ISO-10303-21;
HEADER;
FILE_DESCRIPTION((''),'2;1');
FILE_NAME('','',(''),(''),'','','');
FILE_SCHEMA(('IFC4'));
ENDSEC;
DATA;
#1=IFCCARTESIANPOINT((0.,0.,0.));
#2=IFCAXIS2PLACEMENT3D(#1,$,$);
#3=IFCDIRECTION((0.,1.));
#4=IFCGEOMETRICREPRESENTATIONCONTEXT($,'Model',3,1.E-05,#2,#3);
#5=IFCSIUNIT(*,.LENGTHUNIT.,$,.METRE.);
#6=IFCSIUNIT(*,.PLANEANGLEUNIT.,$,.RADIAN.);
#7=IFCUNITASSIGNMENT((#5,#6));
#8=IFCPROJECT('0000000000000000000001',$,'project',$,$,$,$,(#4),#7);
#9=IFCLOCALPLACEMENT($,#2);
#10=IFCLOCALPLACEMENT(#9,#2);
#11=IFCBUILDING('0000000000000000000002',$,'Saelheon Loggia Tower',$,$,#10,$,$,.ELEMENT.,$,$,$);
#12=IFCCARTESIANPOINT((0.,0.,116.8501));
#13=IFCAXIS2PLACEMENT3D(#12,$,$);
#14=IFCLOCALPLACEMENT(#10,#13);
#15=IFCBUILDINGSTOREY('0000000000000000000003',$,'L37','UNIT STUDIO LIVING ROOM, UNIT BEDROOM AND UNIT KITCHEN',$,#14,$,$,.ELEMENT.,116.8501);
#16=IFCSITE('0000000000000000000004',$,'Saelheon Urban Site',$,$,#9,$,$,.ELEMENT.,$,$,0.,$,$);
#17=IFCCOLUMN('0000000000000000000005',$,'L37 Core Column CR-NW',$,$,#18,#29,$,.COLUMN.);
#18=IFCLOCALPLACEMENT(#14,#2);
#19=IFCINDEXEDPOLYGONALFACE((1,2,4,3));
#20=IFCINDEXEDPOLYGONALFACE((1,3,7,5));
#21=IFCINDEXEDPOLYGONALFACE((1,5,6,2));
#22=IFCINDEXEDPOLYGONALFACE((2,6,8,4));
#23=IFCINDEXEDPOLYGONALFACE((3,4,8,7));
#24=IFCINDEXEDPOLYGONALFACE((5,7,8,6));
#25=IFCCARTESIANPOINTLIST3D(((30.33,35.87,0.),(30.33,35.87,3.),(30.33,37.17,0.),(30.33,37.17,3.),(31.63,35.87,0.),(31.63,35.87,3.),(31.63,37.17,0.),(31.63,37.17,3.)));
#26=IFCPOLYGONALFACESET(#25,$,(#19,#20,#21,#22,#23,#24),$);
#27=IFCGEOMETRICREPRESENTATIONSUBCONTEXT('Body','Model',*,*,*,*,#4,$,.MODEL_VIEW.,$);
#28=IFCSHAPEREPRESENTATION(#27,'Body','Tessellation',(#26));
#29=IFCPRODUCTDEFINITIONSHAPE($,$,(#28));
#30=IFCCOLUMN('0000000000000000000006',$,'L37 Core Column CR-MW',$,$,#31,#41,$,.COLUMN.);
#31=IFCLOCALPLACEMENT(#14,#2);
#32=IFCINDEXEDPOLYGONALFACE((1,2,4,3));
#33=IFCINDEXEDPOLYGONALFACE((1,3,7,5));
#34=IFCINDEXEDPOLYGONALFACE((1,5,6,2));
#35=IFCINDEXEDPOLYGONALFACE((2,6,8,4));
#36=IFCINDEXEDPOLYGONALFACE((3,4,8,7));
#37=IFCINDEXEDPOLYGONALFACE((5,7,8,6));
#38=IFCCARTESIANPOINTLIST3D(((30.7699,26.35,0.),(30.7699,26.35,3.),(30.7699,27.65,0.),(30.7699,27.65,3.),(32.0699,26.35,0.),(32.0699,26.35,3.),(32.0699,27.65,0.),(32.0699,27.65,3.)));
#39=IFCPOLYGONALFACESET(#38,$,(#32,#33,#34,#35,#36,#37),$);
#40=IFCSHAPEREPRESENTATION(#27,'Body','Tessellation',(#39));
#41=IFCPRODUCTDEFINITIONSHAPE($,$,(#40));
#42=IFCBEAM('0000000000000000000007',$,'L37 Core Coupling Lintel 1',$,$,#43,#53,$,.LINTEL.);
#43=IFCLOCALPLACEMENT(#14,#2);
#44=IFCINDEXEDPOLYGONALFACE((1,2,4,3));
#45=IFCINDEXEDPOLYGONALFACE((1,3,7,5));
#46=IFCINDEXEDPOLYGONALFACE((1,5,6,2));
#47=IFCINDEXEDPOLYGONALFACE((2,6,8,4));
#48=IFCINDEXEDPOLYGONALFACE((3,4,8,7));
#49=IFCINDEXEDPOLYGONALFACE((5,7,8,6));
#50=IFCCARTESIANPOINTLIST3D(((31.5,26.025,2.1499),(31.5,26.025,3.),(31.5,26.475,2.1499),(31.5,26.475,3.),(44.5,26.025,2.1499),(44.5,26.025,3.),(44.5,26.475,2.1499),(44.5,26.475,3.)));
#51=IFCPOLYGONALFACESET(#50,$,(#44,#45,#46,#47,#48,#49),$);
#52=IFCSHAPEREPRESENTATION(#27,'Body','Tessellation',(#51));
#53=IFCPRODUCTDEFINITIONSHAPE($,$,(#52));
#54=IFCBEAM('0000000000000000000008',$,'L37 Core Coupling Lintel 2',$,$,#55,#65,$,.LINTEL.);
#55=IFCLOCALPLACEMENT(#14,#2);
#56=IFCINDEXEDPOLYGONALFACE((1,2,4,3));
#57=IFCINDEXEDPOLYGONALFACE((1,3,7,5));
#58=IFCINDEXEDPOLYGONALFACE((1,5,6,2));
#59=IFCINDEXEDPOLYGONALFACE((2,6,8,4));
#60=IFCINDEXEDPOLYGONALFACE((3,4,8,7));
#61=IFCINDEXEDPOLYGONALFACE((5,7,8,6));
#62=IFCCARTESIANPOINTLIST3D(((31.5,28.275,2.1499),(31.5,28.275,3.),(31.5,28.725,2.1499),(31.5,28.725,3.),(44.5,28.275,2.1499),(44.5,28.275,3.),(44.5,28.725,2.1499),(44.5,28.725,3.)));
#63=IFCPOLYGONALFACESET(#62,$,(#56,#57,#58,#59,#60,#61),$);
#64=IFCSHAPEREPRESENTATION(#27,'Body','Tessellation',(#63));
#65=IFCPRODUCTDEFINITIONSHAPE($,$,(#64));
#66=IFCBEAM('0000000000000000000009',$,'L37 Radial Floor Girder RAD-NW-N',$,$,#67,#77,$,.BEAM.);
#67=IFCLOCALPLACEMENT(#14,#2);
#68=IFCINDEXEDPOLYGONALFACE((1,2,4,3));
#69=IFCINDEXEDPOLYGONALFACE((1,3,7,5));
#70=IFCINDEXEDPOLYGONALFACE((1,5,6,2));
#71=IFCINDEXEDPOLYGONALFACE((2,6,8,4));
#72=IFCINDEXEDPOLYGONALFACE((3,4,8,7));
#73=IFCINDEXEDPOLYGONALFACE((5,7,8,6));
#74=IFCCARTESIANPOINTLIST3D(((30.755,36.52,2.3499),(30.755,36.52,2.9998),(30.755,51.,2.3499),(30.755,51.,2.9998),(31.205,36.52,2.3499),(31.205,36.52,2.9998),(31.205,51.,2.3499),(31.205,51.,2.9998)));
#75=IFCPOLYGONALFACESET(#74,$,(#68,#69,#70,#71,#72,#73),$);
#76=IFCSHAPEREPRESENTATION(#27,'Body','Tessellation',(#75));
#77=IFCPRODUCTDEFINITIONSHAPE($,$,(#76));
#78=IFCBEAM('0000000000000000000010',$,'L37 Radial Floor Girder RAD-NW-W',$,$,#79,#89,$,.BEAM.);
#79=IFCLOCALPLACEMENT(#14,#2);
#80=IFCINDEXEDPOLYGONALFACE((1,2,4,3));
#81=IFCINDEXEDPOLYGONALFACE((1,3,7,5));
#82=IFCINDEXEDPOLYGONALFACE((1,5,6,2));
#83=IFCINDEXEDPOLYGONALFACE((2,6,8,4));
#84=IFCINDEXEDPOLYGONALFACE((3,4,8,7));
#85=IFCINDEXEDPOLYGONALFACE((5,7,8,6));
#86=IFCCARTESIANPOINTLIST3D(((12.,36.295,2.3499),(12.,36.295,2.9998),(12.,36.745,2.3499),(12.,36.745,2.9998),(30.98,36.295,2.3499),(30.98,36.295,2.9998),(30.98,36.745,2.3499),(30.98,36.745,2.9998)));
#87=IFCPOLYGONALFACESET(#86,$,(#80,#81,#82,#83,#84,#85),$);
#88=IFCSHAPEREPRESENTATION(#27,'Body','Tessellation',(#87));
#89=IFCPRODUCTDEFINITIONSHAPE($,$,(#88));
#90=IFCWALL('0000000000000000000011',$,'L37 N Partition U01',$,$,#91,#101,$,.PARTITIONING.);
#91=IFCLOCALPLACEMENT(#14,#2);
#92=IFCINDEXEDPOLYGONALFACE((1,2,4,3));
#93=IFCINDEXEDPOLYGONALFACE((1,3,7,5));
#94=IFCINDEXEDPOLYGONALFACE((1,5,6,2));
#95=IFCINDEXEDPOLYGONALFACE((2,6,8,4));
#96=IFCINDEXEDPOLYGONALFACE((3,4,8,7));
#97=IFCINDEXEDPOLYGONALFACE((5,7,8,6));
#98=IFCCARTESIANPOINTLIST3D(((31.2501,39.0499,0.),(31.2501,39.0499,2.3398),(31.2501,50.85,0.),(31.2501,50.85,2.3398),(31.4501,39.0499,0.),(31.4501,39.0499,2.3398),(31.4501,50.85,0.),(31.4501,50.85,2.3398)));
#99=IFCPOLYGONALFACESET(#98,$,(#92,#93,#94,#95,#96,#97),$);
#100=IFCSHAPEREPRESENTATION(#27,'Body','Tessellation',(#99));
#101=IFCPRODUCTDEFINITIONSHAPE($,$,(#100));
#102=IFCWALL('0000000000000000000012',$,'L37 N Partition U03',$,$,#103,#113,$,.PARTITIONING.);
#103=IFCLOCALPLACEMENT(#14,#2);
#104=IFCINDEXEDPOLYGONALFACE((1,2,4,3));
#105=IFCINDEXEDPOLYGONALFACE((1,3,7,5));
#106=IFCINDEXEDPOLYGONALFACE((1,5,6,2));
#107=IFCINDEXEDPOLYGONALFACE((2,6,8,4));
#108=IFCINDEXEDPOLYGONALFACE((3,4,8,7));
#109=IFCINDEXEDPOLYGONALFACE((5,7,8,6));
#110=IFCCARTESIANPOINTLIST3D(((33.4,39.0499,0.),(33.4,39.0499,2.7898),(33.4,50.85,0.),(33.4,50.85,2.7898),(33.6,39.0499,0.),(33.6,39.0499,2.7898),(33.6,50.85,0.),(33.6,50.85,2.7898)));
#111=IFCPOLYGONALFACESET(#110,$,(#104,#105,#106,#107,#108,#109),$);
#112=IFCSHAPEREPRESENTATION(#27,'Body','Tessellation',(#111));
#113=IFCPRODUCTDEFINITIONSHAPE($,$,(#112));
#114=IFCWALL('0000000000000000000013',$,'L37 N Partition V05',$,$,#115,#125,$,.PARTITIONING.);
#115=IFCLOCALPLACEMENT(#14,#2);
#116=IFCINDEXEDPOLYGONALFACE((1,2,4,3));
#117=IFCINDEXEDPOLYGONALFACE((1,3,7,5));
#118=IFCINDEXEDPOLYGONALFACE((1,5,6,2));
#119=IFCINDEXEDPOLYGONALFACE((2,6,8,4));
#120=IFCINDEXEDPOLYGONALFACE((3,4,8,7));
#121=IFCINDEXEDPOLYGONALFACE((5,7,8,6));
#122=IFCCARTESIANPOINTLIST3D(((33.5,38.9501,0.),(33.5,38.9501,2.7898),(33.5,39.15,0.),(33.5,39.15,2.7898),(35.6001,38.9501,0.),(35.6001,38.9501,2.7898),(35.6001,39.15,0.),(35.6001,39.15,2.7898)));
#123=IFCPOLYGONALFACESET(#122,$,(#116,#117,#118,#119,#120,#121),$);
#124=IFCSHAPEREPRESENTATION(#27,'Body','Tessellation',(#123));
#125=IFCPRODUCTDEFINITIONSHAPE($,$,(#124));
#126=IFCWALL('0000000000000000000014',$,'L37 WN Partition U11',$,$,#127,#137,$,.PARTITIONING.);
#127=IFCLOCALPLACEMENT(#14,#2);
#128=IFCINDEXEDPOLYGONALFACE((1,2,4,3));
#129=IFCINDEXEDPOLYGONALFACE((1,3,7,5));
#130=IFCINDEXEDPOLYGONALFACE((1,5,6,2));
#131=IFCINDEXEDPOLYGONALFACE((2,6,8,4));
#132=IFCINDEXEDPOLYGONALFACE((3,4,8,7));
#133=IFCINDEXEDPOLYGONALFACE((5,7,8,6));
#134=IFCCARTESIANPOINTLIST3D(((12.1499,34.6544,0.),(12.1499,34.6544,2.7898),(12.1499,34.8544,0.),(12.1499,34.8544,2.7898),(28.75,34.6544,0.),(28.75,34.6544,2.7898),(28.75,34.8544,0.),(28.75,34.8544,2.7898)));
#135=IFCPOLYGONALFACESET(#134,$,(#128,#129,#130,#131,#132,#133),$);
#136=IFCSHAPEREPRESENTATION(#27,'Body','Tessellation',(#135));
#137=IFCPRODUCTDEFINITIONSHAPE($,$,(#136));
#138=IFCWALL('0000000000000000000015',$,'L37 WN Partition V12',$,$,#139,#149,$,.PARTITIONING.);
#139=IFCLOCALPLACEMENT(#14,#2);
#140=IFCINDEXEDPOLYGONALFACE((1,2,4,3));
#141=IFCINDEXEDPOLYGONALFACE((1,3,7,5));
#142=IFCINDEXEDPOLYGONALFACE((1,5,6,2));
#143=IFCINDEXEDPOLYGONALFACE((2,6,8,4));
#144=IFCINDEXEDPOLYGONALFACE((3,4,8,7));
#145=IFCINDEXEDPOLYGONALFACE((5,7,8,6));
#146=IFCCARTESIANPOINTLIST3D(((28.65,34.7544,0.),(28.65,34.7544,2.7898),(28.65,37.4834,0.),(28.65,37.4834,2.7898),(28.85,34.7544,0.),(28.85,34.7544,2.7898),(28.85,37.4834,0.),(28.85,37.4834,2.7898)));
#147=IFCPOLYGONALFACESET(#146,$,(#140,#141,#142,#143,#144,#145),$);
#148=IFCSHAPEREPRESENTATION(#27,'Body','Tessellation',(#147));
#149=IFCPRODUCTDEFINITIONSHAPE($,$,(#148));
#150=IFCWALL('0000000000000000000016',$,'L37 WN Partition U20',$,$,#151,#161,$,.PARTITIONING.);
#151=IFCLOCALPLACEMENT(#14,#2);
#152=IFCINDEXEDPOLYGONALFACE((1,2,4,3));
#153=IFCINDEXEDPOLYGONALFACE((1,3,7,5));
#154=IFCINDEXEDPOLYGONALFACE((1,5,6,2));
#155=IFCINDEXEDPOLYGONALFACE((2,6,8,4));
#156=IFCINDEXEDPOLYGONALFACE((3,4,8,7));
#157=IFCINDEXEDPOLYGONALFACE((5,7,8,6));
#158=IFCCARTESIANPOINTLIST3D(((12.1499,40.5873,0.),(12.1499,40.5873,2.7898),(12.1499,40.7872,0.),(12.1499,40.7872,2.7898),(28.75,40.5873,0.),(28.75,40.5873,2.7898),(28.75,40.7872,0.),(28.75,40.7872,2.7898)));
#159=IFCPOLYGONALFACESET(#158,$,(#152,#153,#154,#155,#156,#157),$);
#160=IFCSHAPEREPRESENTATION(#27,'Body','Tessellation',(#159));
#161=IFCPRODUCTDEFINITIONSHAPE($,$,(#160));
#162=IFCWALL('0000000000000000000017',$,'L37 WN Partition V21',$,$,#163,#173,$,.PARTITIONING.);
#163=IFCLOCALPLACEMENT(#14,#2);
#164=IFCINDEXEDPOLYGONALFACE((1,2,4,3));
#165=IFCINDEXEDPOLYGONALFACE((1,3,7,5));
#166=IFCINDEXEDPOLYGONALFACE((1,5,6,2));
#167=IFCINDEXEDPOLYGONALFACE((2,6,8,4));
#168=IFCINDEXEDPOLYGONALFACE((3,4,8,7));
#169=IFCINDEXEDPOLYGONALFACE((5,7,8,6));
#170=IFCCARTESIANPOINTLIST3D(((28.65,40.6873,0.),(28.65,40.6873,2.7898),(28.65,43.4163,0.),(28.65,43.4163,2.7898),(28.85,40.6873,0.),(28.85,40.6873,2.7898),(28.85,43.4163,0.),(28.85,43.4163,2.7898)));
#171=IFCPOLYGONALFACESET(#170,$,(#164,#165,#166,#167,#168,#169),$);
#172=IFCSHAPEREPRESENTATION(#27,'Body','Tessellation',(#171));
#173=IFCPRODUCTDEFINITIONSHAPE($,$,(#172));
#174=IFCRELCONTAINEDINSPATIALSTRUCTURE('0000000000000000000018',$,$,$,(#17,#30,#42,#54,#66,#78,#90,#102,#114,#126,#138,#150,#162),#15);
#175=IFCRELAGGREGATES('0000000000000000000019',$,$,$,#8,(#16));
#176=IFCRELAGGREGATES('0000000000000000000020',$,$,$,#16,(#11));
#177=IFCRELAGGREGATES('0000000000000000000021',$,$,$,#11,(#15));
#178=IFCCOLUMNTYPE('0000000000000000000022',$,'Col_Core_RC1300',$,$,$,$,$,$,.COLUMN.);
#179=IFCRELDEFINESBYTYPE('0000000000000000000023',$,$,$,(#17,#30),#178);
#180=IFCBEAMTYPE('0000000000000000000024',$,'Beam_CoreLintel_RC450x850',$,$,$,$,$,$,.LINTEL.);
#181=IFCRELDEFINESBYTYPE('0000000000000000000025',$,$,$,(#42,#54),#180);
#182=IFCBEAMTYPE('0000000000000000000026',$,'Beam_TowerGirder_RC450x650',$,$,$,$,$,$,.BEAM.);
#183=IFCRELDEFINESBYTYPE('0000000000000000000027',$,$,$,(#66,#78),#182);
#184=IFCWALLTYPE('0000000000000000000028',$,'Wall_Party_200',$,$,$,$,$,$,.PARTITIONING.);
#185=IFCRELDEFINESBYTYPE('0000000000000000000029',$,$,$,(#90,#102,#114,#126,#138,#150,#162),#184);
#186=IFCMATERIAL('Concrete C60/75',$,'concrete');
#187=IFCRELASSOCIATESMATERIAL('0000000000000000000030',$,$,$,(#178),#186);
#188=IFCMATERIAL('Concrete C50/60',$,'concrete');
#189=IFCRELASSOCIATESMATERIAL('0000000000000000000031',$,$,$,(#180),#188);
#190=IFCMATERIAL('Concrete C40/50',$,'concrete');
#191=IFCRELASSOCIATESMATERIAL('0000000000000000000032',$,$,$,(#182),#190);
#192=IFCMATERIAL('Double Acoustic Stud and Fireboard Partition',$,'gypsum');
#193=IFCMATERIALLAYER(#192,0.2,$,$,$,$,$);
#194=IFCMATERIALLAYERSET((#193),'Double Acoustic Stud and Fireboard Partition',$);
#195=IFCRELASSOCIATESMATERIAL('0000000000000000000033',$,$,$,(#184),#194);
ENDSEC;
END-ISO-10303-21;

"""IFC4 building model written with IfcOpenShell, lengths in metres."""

from ifc_helpers import new_model, si_unit, direction, frame, frame_2d, origin, origin_2d, place, context, subcontext, project, spatial, rectangle, extrude, source, transform, mapped, material, layer, layer_set, material_profile, profile_set, type_object, element, save


model = new_model("IFC4")

# Units and contexts
model_context = context("Model", 3, precision=1e-05, world=origin(), true_north=direction((0.0, 1.0)))
body_context = subcontext(model_context, "Body", "Model", "MODEL_VIEW")
ifc_project = project(units=[si_unit("LENGTHUNIT", "METRE"), si_unit("PLANEANGLEUNIT", "RADIAN")], contexts=[model_context])

# Site, building, storey
site_placement = place(None, origin())
site = spatial("IfcSite", under=ifc_project, at=site_placement, Name="Saelheon Urban Site", CompositionType="ELEMENT", RefElevation=0.0)
building_placement = place(site_placement, origin())
building = spatial("IfcBuilding", under=site, at=building_placement, Name="Saelheon Loggia Tower", CompositionType="ELEMENT")
storey_placement = place(building_placement, frame((0.0, 0.0, 116.8501)))
storey = spatial("IfcBuildingStorey", under=building, at=storey_placement, Name="L37", Description="UNIT STUDIO LIVING ROOM, UNIT BEDROOM AND UNIT KITCHEN", CompositionType="ELEMENT", Elevation=116.8501)

# Columns
ifc_material_1 = material(Name="Concrete C60/75", Category="concrete")
ifc_material_profile_1 = material_profile(ifc_material_1, rectangle(XDim=1.3, YDim=1.3, at=origin_2d()), Name="RC-1300x1300")
ifc_profile_set_1 = profile_set([ifc_material_profile_1], Name="Concrete C60/75")
column_type = type_object("IfcColumnType", Name="Col_Core_RC1300", PredefinedType="COLUMN", material=ifc_profile_set_1)
shared_shape_1 = source(origin(), body_context, "Body", "SweptSolid", [
    extrude(rectangle(XDim=1.3, YDim=1.3, at=origin_2d()), origin(), (0.0, 0.0, 1.0), 3.0),
])
for number, where, z_axis, x_axis, name in (
    (1, (30.98, 36.52, 0.0), (0.0, 0.0, 1.0), (1.0, 0.0, 0.0), "L37 Core Column CR-NW"),
    (2, (31.4199, 27.0, 0.0), (0.0, 0.0, 1.0), (1.0, 0.0, 0.0), "L37 Core Column CR-MW"),
):
    element("IfcColumn", number, at=place(storey_placement, frame(where, z_axis=z_axis, x_axis=x_axis)), inside=storey, type_object=column_type, Name=name, PredefinedType="COLUMN", context=body_context, shape_type="MappedRepresentation", body=[
        mapped(shared_shape_1, transform((0.0, 0.0, 0.0), scale=1.0)),
    ])

# Beams
ifc_material_2 = material(Name="Concrete C50/60", Category="concrete")
ifc_material_profile_2 = material_profile(ifc_material_2, rectangle(XDim=0.45, YDim=0.8501, at=origin_2d()), Name="RC-450x850")
ifc_profile_set_2 = profile_set([ifc_material_profile_2], Name="Concrete C50/60")
beam_type_1 = type_object("IfcBeamType", Name="Beam_CoreLintel_RC450x850", PredefinedType="LINTEL", material=ifc_profile_set_2)
shared_shape_2 = source(origin(), body_context, "Body", "SweptSolid", [
    extrude(rectangle(XDim=0.45, YDim=0.8501, at=origin_2d()), origin(), (0.0, 0.0, 1.0), 13.0),
])
for number, where, z_axis, x_axis, name in (
    (3, (31.5, 26.25, 2.575), (1.0, 0.0, 0.0), (0.0, 1.0, 0.0), "L37 Core Coupling Lintel 1"),
    (4, (31.5, 28.5, 2.575), (1.0, 0.0, 0.0), (0.0, 1.0, 0.0), "L37 Core Coupling Lintel 2"),
):
    element("IfcBeam", number, at=place(storey_placement, frame(where, z_axis=z_axis, x_axis=x_axis)), inside=storey, type_object=beam_type_1, Name=name, PredefinedType="LINTEL", context=body_context, shape_type="MappedRepresentation", body=[
        mapped(shared_shape_2, transform((0.0, 0.0, 0.0), scale=1.0)),
    ])
ifc_material_3 = material(Name="Concrete C40/50", Category="concrete")
ifc_material_profile_3 = material_profile(ifc_material_3, rectangle(XDim=0.45, YDim=0.6499, at=origin_2d()), Name="RC-450x650")
ifc_profile_set_3 = profile_set([ifc_material_profile_3], Name="Concrete C40/50")
beam_type_2 = type_object("IfcBeamType", Name="Beam_TowerGirder_RC450x650", PredefinedType="BEAM", material=ifc_profile_set_3)
shared_shape_3 = source(origin(), body_context, "Body", "SweptSolid", [
    extrude(rectangle(XDim=0.45, YDim=0.6499, at=origin_2d()), origin(), (0.0, 0.0, 1.0), 14.48),
])
beam_1_placement = place(storey_placement, frame((30.98, 36.52, 2.6748), z_axis=(0.0, 1.0, 0.0), x_axis=(-1.0, 0.0, 0.0)))
element("IfcBeam", 5, at=beam_1_placement, inside=storey, type_object=beam_type_2, Name="L37 Radial Floor Girder RAD-NW-N", PredefinedType="BEAM", context=body_context, shape_type="MappedRepresentation", body=[
    mapped(shared_shape_3, transform((0.0, 0.0, 0.0), scale=1.0)),
])
shared_shape_4 = source(origin(), body_context, "Body", "SweptSolid", [
    extrude(rectangle(XDim=0.45, YDim=0.6499, at=origin_2d()), origin(), (0.0, 0.0, 1.0), 18.98),
])
beam_2_placement = place(storey_placement, frame((30.98, 36.52, 2.6748), z_axis=(-1.0, 0.0, 0.0), x_axis=(0.0, -1.0, 0.0)))
element("IfcBeam", 6, at=beam_2_placement, inside=storey, type_object=beam_type_2, Name="L37 Radial Floor Girder RAD-NW-W", PredefinedType="BEAM", context=body_context, shape_type="MappedRepresentation", body=[
    mapped(shared_shape_4, transform((0.0, 0.0, 0.0), scale=1.0)),
])

# Walls
ifc_material_4 = material(Name="Double Acoustic Stud and Fireboard Partition", Category="gypsum")
ifc_layer_1 = layer(ifc_material_4, 0.2)
ifc_layer_set_1 = layer_set([ifc_layer_1], Name="Double Acoustic Stud and Fireboard Partition")
wall_type_1 = type_object("IfcWallType", Name="Wall_Party_200", PredefinedType="PARTITIONING", material=ifc_layer_set_1)
wall_1_placement = place(storey_placement, frame((31.3501, 39.05, 0.0), z_axis=(0.0, 0.0, 1.0), x_axis=(0.0, 1.0, 0.0)))
element("IfcWall", 7, at=wall_1_placement, inside=storey, type_object=wall_type_1, Name="L37 N Partition U01", PredefinedType="PARTITIONING", context=body_context, shape_type="SweptSolid", body=[
    extrude(rectangle(XDim=11.8, YDim=0.2, at=frame_2d((5.8999, 0.0))), origin(), (0.0, 0.0, 1.0), 2.3398),
])
wall_2_placement = place(storey_placement, frame((33.5, 39.05, 0.0), z_axis=(0.0, 0.0, 1.0), x_axis=(0.0, 1.0, 0.0)))
element("IfcWall", 8, at=wall_2_placement, inside=storey, type_object=wall_type_1, Name="L37 N Partition U03", PredefinedType="PARTITIONING", context=body_context, shape_type="SweptSolid", body=[
    extrude(rectangle(XDim=11.8, YDim=0.2, at=frame_2d((5.8999, 0.0))), origin(), (0.0, 0.0, 1.0), 2.7898),
])
wall_3_placement = place(storey_placement, frame((33.5, 39.05, 0.0), z_axis=(0.0, 0.0, 1.0), x_axis=(1.0, 0.0, 0.0)))
element("IfcWall", 9, at=wall_3_placement, inside=storey, type_object=wall_type_1, Name="L37 N Partition V05", PredefinedType="PARTITIONING", context=body_context, shape_type="SweptSolid", body=[
    extrude(rectangle(XDim=2.1001, YDim=0.2, at=frame_2d((1.05, 0.0))), origin(), (0.0, 0.0, 1.0), 2.7898),
])
wall_4_placement = place(storey_placement, frame((28.75, 34.7544, 0.0), z_axis=(0.0, 0.0, 1.0), x_axis=(-1.0, 0.0, 0.0)))
element("IfcWall", 10, at=wall_4_placement, inside=storey, type_object=wall_type_1, Name="L37 WN Partition U11", PredefinedType="PARTITIONING", context=body_context, shape_type="SweptSolid", body=[
    extrude(rectangle(XDim=16.6001, YDim=0.2, at=frame_2d((8.3, 0.0))), origin(), (0.0, 0.0, 1.0), 2.7898),
])
wall_5_placement = place(storey_placement, frame((28.75, 34.7544, 0.0), z_axis=(0.0, 0.0, 1.0), x_axis=(0.0, 1.0, 0.0)))
element("IfcWall", 11, at=wall_5_placement, inside=storey, type_object=wall_type_1, Name="L37 WN Partition V12", PredefinedType="PARTITIONING", context=body_context, shape_type="SweptSolid", body=[
    extrude(rectangle(XDim=2.729, YDim=0.2, at=frame_2d((1.3645, 0.0))), origin(), (0.0, 0.0, 1.0), 2.7898),
])

# Walls
wall_6_placement = place(storey_placement, frame((28.75, 40.6873, 0.0), z_axis=(0.0, 0.0, 1.0), x_axis=(-1.0, 0.0, 0.0)))
element("IfcWall", 12, at=wall_6_placement, inside=storey, type_object=wall_type_1, Name="L37 WN Partition U20", PredefinedType="PARTITIONING", context=body_context, shape_type="SweptSolid", body=[
    extrude(rectangle(XDim=16.6001, YDim=0.2, at=frame_2d((8.3, 0.0))), origin(), (0.0, 0.0, 1.0), 2.7898),
])
wall_7_placement = place(storey_placement, frame((28.75, 40.6873, 0.0), z_axis=(0.0, 0.0, 1.0), x_axis=(0.0, 1.0, 0.0)))
element("IfcWall", 13, at=wall_7_placement, inside=storey, type_object=wall_type_1, Name="L37 WN Partition V21", PredefinedType="PARTITIONING", context=body_context, shape_type="SweptSolid", body=[
    extrude(rectangle(XDim=2.729, YDim=0.2, at=frame_2d((1.3645, 0.0))), origin(), (0.0, 0.0, 1.0), 2.7898),
])

save(model, "model.ifc")
